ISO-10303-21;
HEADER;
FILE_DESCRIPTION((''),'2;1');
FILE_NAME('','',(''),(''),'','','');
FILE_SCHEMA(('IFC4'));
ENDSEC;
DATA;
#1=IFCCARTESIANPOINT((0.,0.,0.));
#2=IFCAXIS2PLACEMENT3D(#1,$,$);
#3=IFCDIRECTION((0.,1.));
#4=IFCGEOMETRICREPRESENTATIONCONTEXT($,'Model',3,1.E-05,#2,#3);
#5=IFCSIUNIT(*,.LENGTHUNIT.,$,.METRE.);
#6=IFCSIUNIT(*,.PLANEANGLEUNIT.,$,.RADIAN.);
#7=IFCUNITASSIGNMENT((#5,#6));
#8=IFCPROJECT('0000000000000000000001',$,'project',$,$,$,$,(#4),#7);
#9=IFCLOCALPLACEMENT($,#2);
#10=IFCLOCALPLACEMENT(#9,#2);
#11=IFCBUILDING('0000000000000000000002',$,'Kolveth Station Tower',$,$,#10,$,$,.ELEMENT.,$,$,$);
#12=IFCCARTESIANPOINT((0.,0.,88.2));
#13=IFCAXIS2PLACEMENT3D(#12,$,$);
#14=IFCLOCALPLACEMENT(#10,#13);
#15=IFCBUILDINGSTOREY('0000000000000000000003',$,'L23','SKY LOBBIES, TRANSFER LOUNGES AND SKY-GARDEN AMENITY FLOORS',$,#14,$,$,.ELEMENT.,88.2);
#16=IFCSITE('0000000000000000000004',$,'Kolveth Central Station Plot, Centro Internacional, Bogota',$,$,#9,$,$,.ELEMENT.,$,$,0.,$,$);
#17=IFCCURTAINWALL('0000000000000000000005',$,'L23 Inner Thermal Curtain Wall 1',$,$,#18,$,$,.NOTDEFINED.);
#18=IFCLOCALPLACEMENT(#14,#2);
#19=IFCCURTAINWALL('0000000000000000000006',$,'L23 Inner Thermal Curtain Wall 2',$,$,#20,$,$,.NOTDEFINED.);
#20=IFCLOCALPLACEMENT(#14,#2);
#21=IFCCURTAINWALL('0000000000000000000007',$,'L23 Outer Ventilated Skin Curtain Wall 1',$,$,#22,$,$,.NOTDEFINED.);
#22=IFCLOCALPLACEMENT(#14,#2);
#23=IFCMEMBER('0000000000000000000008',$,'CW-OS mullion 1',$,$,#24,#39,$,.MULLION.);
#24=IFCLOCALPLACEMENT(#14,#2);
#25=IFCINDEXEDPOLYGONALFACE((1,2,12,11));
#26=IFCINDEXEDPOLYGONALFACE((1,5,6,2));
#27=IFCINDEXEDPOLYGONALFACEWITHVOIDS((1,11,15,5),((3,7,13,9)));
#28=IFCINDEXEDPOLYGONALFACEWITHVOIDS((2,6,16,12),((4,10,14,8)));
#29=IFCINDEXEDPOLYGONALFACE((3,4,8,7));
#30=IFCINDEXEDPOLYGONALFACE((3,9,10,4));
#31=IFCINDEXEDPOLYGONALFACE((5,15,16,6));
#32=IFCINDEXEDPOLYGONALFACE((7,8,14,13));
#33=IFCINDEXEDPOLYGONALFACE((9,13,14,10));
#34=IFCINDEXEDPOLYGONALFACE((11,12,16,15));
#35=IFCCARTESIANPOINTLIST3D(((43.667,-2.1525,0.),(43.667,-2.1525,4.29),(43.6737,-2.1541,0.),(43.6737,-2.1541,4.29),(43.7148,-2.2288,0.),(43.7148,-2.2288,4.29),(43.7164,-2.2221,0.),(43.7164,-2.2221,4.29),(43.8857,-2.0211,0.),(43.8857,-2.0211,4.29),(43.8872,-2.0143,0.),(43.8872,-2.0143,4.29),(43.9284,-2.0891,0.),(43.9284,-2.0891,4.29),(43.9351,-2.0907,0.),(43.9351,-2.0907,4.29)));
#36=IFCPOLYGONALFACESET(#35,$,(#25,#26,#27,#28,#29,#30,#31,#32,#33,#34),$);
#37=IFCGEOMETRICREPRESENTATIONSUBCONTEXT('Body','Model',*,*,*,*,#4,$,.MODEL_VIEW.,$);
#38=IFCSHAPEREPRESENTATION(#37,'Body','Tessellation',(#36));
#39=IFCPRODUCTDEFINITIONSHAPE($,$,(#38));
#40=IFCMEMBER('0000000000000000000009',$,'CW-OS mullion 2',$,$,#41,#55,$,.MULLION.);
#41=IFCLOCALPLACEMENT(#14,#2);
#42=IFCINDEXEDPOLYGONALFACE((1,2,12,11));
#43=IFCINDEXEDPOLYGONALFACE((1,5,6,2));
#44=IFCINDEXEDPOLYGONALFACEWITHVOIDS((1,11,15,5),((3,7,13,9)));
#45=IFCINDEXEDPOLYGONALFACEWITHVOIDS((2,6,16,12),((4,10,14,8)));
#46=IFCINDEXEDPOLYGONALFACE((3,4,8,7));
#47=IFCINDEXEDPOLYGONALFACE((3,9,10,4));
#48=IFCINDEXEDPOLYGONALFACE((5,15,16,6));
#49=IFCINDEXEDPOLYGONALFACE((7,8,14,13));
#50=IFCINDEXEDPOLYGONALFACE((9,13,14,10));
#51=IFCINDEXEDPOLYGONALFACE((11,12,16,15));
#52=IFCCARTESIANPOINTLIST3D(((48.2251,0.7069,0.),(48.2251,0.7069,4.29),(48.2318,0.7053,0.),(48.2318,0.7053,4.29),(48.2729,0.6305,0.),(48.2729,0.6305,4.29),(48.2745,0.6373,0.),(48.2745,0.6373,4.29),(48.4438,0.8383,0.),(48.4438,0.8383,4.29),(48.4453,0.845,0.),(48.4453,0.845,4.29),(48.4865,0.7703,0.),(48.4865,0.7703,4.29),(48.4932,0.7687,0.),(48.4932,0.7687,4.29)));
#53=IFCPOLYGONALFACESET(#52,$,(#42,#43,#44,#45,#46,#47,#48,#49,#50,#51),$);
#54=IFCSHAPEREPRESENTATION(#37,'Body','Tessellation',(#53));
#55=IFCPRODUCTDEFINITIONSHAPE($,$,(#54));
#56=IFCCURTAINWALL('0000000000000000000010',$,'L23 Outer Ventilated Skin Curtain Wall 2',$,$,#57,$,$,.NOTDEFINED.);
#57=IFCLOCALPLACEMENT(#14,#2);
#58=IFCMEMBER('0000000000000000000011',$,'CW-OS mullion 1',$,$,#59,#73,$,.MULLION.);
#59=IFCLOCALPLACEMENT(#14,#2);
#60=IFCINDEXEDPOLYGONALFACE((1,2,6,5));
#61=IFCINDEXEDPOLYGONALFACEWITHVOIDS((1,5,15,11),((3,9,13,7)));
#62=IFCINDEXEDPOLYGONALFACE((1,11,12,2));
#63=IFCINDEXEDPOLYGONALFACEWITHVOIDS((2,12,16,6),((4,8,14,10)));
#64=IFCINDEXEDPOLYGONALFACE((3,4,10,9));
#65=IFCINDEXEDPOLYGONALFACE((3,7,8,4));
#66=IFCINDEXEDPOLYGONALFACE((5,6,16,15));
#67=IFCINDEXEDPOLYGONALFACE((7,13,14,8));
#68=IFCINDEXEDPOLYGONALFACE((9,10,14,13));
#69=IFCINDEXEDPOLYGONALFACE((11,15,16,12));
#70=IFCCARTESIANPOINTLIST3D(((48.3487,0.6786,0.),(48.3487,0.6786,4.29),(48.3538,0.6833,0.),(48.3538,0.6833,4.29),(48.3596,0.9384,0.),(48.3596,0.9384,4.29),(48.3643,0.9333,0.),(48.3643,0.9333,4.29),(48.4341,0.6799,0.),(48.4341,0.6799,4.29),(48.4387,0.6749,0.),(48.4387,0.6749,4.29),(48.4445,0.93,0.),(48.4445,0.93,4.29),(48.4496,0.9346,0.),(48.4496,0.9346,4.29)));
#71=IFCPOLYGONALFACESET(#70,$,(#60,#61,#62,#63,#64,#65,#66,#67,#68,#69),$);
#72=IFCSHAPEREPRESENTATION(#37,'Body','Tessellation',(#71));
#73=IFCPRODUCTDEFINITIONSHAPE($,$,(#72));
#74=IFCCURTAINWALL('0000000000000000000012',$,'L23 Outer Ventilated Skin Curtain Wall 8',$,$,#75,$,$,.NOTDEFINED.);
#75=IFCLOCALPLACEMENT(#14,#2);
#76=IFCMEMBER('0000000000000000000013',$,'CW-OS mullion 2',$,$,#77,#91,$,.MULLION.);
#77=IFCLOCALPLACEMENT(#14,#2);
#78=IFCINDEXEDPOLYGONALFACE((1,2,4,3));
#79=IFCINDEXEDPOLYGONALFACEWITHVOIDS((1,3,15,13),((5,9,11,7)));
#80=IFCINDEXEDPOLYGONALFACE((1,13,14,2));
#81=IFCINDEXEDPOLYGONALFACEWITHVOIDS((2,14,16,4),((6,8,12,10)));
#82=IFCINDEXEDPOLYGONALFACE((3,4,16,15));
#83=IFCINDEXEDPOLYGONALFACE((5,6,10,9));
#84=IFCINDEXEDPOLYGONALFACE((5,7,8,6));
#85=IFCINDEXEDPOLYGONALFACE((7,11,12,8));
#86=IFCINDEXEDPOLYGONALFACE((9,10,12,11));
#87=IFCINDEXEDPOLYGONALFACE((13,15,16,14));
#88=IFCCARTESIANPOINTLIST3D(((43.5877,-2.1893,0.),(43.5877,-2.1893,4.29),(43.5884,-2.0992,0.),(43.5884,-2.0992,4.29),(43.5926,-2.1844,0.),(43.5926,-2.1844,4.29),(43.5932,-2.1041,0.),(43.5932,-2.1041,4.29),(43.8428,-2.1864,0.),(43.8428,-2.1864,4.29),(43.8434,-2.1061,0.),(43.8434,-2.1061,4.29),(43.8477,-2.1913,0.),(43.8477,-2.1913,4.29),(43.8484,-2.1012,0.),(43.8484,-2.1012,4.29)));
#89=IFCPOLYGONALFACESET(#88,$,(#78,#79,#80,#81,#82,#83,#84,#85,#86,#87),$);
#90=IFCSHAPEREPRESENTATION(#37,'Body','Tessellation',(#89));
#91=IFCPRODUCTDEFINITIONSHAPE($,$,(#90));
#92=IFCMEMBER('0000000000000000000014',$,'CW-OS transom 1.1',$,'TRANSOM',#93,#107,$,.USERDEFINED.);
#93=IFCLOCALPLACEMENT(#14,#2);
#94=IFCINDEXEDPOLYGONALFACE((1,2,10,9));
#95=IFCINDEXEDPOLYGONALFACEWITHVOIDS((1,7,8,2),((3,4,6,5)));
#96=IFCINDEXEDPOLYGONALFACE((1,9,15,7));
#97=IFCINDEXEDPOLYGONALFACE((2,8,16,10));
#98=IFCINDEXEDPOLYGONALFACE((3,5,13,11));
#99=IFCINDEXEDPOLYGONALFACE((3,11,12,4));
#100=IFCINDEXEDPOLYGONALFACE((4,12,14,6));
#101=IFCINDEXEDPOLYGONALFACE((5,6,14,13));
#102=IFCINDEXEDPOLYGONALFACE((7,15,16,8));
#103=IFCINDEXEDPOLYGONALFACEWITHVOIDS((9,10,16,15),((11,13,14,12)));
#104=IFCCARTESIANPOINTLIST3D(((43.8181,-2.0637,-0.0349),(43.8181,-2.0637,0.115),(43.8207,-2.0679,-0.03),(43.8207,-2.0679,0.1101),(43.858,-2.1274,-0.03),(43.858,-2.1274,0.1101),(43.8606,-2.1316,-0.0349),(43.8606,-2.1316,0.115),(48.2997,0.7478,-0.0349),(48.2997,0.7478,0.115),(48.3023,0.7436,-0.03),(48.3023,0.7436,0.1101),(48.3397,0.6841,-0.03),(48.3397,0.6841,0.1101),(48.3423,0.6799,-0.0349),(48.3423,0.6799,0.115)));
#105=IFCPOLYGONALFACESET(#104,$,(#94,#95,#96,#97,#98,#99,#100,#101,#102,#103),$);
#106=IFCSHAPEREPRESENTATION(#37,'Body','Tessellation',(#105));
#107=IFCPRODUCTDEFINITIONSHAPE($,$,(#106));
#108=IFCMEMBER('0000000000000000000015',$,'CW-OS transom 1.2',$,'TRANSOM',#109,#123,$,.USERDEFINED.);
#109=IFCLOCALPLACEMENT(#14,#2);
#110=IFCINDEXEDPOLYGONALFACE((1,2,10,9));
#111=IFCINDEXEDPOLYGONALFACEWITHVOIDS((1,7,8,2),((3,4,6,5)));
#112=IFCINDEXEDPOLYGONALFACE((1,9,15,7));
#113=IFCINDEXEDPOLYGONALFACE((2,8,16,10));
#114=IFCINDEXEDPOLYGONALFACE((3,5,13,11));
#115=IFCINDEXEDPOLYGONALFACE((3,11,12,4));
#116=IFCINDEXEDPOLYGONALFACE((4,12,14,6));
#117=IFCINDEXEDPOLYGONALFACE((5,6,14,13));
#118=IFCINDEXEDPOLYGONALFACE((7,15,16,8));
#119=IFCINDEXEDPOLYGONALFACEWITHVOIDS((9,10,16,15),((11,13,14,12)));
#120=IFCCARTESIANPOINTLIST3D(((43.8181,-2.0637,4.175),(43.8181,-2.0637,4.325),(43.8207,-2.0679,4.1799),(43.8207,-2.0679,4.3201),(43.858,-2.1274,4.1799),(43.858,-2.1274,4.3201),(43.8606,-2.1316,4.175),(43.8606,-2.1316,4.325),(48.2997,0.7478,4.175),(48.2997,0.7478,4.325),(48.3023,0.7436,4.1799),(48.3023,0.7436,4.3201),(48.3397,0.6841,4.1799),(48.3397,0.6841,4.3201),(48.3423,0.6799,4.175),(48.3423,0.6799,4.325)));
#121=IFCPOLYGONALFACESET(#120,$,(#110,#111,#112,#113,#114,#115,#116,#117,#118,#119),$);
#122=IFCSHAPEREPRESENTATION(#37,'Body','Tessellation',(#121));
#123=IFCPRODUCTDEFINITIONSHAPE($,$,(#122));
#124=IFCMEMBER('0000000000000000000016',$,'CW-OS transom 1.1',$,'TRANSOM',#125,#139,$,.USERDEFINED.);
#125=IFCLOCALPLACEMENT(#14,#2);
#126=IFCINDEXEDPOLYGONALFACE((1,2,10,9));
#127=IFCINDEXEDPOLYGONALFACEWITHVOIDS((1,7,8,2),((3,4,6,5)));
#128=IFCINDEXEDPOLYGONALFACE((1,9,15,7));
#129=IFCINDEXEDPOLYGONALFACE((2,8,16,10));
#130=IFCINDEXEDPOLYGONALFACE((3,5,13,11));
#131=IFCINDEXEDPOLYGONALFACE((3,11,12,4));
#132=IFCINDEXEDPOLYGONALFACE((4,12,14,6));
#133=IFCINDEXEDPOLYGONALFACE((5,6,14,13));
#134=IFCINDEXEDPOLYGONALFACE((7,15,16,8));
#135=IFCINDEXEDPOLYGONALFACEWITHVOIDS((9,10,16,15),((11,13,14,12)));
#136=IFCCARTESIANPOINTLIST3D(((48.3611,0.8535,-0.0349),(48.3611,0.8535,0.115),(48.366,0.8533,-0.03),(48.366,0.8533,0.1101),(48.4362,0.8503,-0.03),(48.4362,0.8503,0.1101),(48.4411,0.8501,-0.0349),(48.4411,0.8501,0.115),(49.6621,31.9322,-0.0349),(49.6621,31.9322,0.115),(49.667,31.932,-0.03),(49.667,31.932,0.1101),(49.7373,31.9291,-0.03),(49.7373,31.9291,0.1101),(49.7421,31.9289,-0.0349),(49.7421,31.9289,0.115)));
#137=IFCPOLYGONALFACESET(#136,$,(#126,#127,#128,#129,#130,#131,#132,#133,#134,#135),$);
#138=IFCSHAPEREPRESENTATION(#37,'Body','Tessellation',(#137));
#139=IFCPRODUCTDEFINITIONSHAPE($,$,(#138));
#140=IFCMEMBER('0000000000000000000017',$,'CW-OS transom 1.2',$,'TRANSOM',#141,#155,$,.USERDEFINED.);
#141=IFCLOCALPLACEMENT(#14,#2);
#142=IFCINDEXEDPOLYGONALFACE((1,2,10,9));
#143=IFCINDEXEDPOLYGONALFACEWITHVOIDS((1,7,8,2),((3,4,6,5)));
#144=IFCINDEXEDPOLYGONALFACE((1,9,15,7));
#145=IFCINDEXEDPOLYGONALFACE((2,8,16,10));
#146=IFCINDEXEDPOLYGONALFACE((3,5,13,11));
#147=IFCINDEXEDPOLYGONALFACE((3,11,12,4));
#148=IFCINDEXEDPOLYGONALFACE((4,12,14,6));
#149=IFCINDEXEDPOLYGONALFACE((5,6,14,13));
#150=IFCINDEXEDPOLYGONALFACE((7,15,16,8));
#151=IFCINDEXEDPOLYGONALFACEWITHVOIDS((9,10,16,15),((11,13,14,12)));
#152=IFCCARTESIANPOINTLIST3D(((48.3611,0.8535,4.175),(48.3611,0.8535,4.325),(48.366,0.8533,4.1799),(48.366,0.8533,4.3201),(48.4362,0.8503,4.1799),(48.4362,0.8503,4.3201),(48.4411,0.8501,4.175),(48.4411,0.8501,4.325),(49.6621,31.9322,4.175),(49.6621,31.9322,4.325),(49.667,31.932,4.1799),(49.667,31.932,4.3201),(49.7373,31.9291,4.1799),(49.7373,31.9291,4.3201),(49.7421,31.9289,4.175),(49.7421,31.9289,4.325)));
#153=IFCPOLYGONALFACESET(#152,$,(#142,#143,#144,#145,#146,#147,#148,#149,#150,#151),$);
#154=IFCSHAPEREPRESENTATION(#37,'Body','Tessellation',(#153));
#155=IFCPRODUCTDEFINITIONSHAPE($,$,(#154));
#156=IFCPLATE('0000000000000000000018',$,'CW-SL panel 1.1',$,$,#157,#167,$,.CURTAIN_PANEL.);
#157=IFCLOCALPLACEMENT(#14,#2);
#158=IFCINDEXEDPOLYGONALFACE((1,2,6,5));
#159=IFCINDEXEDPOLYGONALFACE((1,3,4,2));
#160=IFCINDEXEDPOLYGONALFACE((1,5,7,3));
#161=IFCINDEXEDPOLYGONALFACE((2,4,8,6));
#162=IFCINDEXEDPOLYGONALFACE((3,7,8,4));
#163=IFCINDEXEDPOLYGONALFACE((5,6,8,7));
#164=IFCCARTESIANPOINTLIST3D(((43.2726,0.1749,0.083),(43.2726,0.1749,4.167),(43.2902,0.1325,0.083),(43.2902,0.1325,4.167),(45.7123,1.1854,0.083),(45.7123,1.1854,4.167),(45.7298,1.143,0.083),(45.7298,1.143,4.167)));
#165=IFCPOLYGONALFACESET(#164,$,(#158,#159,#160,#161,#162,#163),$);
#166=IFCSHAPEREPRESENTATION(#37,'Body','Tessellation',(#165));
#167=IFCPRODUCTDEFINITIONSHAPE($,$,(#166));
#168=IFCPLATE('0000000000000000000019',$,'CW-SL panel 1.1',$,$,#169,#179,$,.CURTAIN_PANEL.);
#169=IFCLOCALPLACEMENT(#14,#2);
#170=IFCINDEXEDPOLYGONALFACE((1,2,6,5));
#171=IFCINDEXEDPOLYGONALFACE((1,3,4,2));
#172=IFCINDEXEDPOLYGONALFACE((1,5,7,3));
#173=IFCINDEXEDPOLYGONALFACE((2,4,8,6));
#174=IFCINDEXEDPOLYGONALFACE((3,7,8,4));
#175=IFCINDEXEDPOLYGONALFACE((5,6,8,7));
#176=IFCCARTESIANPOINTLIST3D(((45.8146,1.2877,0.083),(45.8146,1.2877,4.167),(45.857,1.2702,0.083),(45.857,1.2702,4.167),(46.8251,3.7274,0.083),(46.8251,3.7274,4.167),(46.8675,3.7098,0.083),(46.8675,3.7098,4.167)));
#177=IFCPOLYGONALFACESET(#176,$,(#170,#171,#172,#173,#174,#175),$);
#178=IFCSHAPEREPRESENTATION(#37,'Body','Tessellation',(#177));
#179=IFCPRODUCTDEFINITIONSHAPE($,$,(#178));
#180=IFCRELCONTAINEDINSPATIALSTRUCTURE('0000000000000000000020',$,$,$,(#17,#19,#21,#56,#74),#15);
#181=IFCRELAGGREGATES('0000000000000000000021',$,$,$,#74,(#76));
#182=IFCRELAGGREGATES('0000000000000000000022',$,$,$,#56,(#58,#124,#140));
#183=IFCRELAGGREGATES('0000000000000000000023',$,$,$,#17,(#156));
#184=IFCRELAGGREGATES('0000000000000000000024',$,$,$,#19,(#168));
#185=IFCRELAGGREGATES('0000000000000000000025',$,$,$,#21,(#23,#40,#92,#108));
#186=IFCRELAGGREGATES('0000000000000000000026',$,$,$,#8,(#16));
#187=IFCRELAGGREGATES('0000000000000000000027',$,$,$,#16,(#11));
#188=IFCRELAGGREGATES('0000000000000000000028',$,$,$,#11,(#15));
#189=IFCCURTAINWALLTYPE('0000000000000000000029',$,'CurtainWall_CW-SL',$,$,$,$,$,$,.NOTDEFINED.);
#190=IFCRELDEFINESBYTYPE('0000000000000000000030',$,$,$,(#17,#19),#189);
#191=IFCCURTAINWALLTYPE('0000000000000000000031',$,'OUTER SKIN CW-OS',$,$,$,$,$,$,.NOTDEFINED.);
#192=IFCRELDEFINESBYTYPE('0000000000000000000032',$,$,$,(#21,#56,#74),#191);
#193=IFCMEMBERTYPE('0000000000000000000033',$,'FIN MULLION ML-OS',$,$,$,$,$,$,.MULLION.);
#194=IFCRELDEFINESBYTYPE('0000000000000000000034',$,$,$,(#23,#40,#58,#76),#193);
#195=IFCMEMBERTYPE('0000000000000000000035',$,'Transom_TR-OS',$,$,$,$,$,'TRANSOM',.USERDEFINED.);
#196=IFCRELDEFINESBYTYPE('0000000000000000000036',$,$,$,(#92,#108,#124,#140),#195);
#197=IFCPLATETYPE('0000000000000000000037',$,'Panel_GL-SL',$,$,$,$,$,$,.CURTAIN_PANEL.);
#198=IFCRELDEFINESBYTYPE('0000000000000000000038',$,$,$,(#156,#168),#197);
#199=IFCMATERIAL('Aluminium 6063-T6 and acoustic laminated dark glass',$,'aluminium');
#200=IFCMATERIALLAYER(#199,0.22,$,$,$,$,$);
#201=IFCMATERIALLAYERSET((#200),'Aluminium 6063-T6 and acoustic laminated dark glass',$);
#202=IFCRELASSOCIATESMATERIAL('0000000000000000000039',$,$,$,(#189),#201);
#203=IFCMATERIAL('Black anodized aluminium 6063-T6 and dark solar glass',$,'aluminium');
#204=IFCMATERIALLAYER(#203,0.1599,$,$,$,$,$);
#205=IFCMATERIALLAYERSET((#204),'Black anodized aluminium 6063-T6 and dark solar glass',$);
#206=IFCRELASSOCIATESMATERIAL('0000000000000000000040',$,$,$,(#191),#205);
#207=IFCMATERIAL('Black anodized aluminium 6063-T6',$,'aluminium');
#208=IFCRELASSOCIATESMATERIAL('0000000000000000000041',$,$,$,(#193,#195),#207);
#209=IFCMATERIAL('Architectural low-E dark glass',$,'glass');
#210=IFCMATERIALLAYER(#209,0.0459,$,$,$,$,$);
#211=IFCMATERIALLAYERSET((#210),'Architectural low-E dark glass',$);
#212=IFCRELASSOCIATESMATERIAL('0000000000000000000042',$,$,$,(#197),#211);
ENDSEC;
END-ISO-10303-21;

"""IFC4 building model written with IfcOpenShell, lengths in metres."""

from ifc_helpers import new_model, si_unit, direction, frame, origin, origin_2d, place, context, subcontext, project, spatial, rectangle, hollow_rectangle, extrude, source, transform, mapped, material, layer, layer_set, material_profile, profile_set, type_object, element, aggregate, save


model = new_model("IFC4")

# Units and contexts
model_context = context("Model", 3, precision=1e-05, world=origin(), true_north=direction((0.0, 1.0)))
body_context = subcontext(model_context, "Body", "Model", "MODEL_VIEW")
ifc_project = project(units=[si_unit("LENGTHUNIT", "METRE"), si_unit("PLANEANGLEUNIT", "RADIAN")], contexts=[model_context])

# Site, building, storey
site_placement = place(None, origin())
site = spatial("IfcSite", under=ifc_project, at=site_placement, Name="Kolveth Central Station Plot, Centro Internacional, Bogota", CompositionType="ELEMENT", RefElevation=0.0)
building_placement = place(site_placement, origin())
building = spatial("IfcBuilding", under=site, at=building_placement, Name="Kolveth Station Tower", CompositionType="ELEMENT")
storey_placement = place(building_placement, frame((0.0, 0.0, 88.2)))
storey = spatial("IfcBuildingStorey", under=building, at=storey_placement, Name="L23", Description="SKY LOBBIES, TRANSFER LOUNGES AND SKY-GARDEN AMENITY FLOORS", CompositionType="ELEMENT", Elevation=88.2)

# Curtain wall
ifc_material_1 = material(Name="Aluminium 6063-T6 and acoustic laminated dark glass", Category="aluminium")
ifc_layer_1 = layer(ifc_material_1, 0.22)
ifc_layer_set_1 = layer_set([ifc_layer_1], Name="Aluminium 6063-T6 and acoustic laminated dark glass")
curtain_wall_type_1 = type_object("IfcCurtainWallType", Name="CurtainWall_CW-SL", PredefinedType="NOTDEFINED", material=ifc_layer_set_1)
curtain_wall_1_placement = place(storey_placement, origin())
curtain_wall_1 = element("IfcCurtainWall", 1, at=curtain_wall_1_placement, inside=storey, type_object=curtain_wall_type_1, Name="L23 Inner Thermal Curtain Wall 1", PredefinedType="NOTDEFINED")
ifc_material_2 = material(Name="Black anodized aluminium 6063-T6", Category="aluminium")

# Curtain wall
curtain_wall_2_placement = place(storey_placement, origin())
curtain_wall_2 = element("IfcCurtainWall", 2, at=curtain_wall_2_placement, inside=storey, type_object=curtain_wall_type_1, Name="L23 Inner Thermal Curtain Wall 2", PredefinedType="NOTDEFINED")

# Curtain wall, members
ifc_material_3 = material(Name="Black anodized aluminium 6063-T6 and dark solar glass", Category="aluminium")
ifc_layer_2 = layer(ifc_material_3, 0.1599)
ifc_layer_set_2 = layer_set([ifc_layer_2], Name="Black anodized aluminium 6063-T6 and dark solar glass")
curtain_wall_type_2 = type_object("IfcCurtainWallType", Name="OUTER SKIN CW-OS", PredefinedType="NOTDEFINED", material=ifc_layer_set_2)
curtain_wall_3_placement = place(storey_placement, origin())
curtain_wall_3 = element("IfcCurtainWall", 3, at=curtain_wall_3_placement, inside=storey, type_object=curtain_wall_type_2, Name="L23 Outer Ventilated Skin Curtain Wall 1", PredefinedType="NOTDEFINED")
ifc_material_profile_1 = material_profile(ifc_material_2, hollow_rectangle(XDim=0.0901, YDim=0.26, WallThickness=0.0049, at=origin_2d()), Name="ALU-90x260x5")
ifc_profile_set_1 = profile_set([ifc_material_profile_1], Name="Black anodized aluminium 6063-T6")
member_type_1 = type_object("IfcMemberType", Name="FIN MULLION ML-OS", PredefinedType="MULLION", material=ifc_profile_set_1)
shared_shape_1 = source(origin(), body_context, "Body", "SweptSolid", [
    extrude(hollow_rectangle(XDim=0.0901, YDim=0.26, WallThickness=0.0049, at=origin_2d()), origin(), (0.0, 0.0, 1.0), 4.29),
])
member_1_placement = place(storey_placement, frame((43.801, -2.1216, 0.0), z_axis=(0.0, 0.0, 1.0), x_axis=(-0.531426, 0.847105, 0.0)))
member_1 = element("IfcMember", 4, at=member_1_placement, type_object=member_type_1, Name="CW-OS mullion 1", PredefinedType="MULLION", context=body_context, shape_type="MappedRepresentation", body=[
    mapped(shared_shape_1, transform((0.0, 0.0, 0.0), x_axis=(1.0, 0.0, 0.0), y_axis=(0.0, 1.0, 0.0), z_axis=(0.0, 0.0, 1.0), scale=1.0)),
])
member_2_placement = place(storey_placement, frame((48.3591, 0.7378, 0.0), z_axis=(0.0, 0.0, 1.0), x_axis=(-0.531426, 0.847105, 0.0)))
member_2 = element("IfcMember", 5, at=member_2_placement, type_object=member_type_1, Name="CW-OS mullion 2", PredefinedType="MULLION", context=body_context, shape_type="MappedRepresentation", body=[
    mapped(shared_shape_1, transform((0.0, 0.0, 0.0), x_axis=(1.0, 0.0, 0.0), y_axis=(0.0, 1.0, 0.0), z_axis=(0.0, 0.0, 1.0), scale=1.0)),
])

# Curtain walls, members
curtain_wall_4_placement = place(storey_placement, origin())
curtain_wall_4 = element("IfcCurtainWall", 6, at=curtain_wall_4_placement, inside=storey, type_object=curtain_wall_type_2, Name="L23 Outer Ventilated Skin Curtain Wall 2", PredefinedType="NOTDEFINED")
member_3_placement = place(storey_placement, frame((48.3992, 0.8066, 0.0), z_axis=(0.0, 0.0, 1.0), x_axis=(-0.999125, 0.041823, 0.0)))
member_3 = element("IfcMember", 7, at=member_3_placement, type_object=member_type_1, Name="CW-OS mullion 1", PredefinedType="MULLION", context=body_context, shape_type="MappedRepresentation", body=[
    mapped(shared_shape_1, transform((0.0, 0.0, 0.0), x_axis=(1.0, 0.0, 0.0), y_axis=(0.0, 1.0, 0.0), z_axis=(0.0, 0.0, 1.0), scale=1.0)),
])
curtain_wall_5_placement = place(storey_placement, origin())
curtain_wall_5 = element("IfcCurtainWall", 8, at=curtain_wall_5_placement, inside=storey, type_object=curtain_wall_type_2, Name="L23 Outer Ventilated Skin Curtain Wall 8", PredefinedType="NOTDEFINED")
member_4_placement = place(storey_placement, frame((43.718, -2.1453, 0.0), z_axis=(0.0, 0.0, 1.0), x_axis=(0.007794, 0.99997, 0.0)))
member_4 = element("IfcMember", 9, at=member_4_placement, type_object=member_type_1, Name="CW-OS mullion 2", PredefinedType="MULLION", context=body_context, shape_type="MappedRepresentation", body=[
    mapped(shared_shape_1, transform((0.0, 0.0, 0.0), x_axis=(1.0, 0.0, 0.0), y_axis=(0.0, 1.0, 0.0), z_axis=(0.0, 0.0, 1.0), scale=1.0)),
])
aggregate(curtain_wall_5, [member_4])

# Members
ifc_material_profile_2 = material_profile(ifc_material_2, hollow_rectangle(XDim=0.0801, YDim=0.1499, WallThickness=0.0049, at=origin_2d()), Name="ALU-80x150x5")
ifc_profile_set_2 = profile_set([ifc_material_profile_2], Name="Black anodized aluminium 6063-T6")
member_type_2 = type_object("IfcMemberType", Name="Transom_TR-OS", ElementType="TRANSOM", PredefinedType="USERDEFINED", material=ifc_profile_set_2)
shared_shape_2 = source(origin(), body_context, "Body", "SweptSolid", [
    extrude(hollow_rectangle(XDim=0.0801, YDim=0.1499, WallThickness=0.0049, at=origin_2d()), origin(), (0.0, 0.0, 1.0), 5.2905),
])
member_5_placement = place(storey_placement, frame((43.8394, -2.0977, 0.04), z_axis=(0.847108, 0.531421, 0.0), x_axis=(-0.531421, 0.847108, 0.0)))
member_5 = element("IfcMember", 10, at=member_5_placement, type_object=member_type_2, Name="CW-OS transom 1.1", ObjectType="TRANSOM", PredefinedType="USERDEFINED", context=body_context, shape_type="MappedRepresentation", body=[
    mapped(shared_shape_2, transform((0.0, 0.0, 0.0), x_axis=(1.0, 0.0, 0.0), y_axis=(0.0, 1.0, 0.0), z_axis=(0.0, 0.0, 1.0), scale=1.0)),
])
member_6_placement = place(storey_placement, frame((43.8394, -2.0977, 4.25), z_axis=(0.847108, 0.531421, 0.0), x_axis=(-0.531421, 0.847108, 0.0)))
member_6 = element("IfcMember", 11, at=member_6_placement, type_object=member_type_2, Name="CW-OS transom 1.2", ObjectType="TRANSOM", PredefinedType="USERDEFINED", context=body_context, shape_type="MappedRepresentation", body=[
    mapped(shared_shape_2, transform((0.0, 0.0, 0.0), x_axis=(1.0, 0.0, 0.0), y_axis=(0.0, 1.0, 0.0), z_axis=(0.0, 0.0, 1.0), scale=1.0)),
])
shared_shape_3 = source(origin(), body_context, "Body", "SweptSolid", [
    extrude(hollow_rectangle(XDim=0.0801, YDim=0.1499, WallThickness=0.0049, at=origin_2d()), origin(), (0.0, 0.0, 1.0), 31.106),
])
member_7_placement = place(storey_placement, frame((48.4011, 0.8518, 0.04), z_axis=(0.041825, 0.999125, 0.0), x_axis=(-0.999125, 0.041825, 0.0)))
member_7 = element("IfcMember", 12, at=member_7_placement, type_object=member_type_2, Name="CW-OS transom 1.1", ObjectType="TRANSOM", PredefinedType="USERDEFINED", context=body_context, shape_type="MappedRepresentation", body=[
    mapped(shared_shape_3, transform((0.0, 0.0, 0.0), x_axis=(1.0, 0.0, 0.0), y_axis=(0.0, 1.0, 0.0), z_axis=(0.0, 0.0, 1.0), scale=1.0)),
])
member_8_placement = place(storey_placement, frame((48.4011, 0.8518, 4.25), z_axis=(0.041825, 0.999125, 0.0), x_axis=(-0.999125, 0.041825, 0.0)))
member_8 = element("IfcMember", 13, at=member_8_placement, type_object=member_type_2, Name="CW-OS transom 1.2", ObjectType="TRANSOM", PredefinedType="USERDEFINED", context=body_context, shape_type="MappedRepresentation", body=[
    mapped(shared_shape_3, transform((0.0, 0.0, 0.0), x_axis=(1.0, 0.0, 0.0), y_axis=(0.0, 1.0, 0.0), z_axis=(0.0, 0.0, 1.0), scale=1.0)),
])
aggregate(curtain_wall_4, [member_3, member_7, member_8])

# Plates
ifc_material_4 = material(Name="Architectural low-E dark glass", Category="glass")
ifc_layer_3 = layer(ifc_material_4, 0.0459)
ifc_layer_set_3 = layer_set([ifc_layer_3], Name="Architectural low-E dark glass")
plate_type_1 = type_object("IfcPlateType", Name="Panel_GL-SL", PredefinedType="CURTAIN_PANEL", material=ifc_layer_set_3)
shared_shape_4 = source(origin(), body_context, "Body", "SweptSolid", [
    extrude(rectangle(XDim=2.6406, YDim=0.0459, at=origin_2d()), origin(), (0.0, 0.0, 1.0), 4.084),
])
plate_1_placement = place(storey_placement, frame((44.5012, 0.6589, 0.083), z_axis=(0.0, 0.0, 1.0), x_axis=(0.923888, 0.382663, 0.0)))
plate_1 = element("IfcPlate", 14, at=plate_1_placement, type_object=plate_type_1, Name="CW-SL panel 1.1", PredefinedType="CURTAIN_PANEL", context=body_context, shape_type="MappedRepresentation", body=[
    mapped(shared_shape_4, transform((0.0, 0.0, 0.0), x_axis=(1.0, 0.0, 0.0), y_axis=(0.0, 1.0, 0.0), z_axis=(0.0, 0.0, 1.0), scale=1.0)),
])
aggregate(curtain_wall_1, [plate_1])
plate_2_placement = place(storey_placement, frame((46.3411, 2.4988, 0.083), z_axis=(0.0, 0.0, 1.0), x_axis=(0.382663, 0.923888, 0.0)))
plate_2 = element("IfcPlate", 15, at=plate_2_placement, type_object=plate_type_1, Name="CW-SL panel 1.1", PredefinedType="CURTAIN_PANEL", context=body_context, shape_type="MappedRepresentation", body=[
    mapped(shared_shape_4, transform((0.0, 0.0, 0.0), x_axis=(1.0, 0.0, 0.0), y_axis=(0.0, 1.0, 0.0), z_axis=(0.0, 0.0, 1.0), scale=1.0)),
])
aggregate(curtain_wall_2, [plate_2])
aggregate(curtain_wall_3, [member_1, member_2, member_5, member_6])

save(model, "model.ifc")
